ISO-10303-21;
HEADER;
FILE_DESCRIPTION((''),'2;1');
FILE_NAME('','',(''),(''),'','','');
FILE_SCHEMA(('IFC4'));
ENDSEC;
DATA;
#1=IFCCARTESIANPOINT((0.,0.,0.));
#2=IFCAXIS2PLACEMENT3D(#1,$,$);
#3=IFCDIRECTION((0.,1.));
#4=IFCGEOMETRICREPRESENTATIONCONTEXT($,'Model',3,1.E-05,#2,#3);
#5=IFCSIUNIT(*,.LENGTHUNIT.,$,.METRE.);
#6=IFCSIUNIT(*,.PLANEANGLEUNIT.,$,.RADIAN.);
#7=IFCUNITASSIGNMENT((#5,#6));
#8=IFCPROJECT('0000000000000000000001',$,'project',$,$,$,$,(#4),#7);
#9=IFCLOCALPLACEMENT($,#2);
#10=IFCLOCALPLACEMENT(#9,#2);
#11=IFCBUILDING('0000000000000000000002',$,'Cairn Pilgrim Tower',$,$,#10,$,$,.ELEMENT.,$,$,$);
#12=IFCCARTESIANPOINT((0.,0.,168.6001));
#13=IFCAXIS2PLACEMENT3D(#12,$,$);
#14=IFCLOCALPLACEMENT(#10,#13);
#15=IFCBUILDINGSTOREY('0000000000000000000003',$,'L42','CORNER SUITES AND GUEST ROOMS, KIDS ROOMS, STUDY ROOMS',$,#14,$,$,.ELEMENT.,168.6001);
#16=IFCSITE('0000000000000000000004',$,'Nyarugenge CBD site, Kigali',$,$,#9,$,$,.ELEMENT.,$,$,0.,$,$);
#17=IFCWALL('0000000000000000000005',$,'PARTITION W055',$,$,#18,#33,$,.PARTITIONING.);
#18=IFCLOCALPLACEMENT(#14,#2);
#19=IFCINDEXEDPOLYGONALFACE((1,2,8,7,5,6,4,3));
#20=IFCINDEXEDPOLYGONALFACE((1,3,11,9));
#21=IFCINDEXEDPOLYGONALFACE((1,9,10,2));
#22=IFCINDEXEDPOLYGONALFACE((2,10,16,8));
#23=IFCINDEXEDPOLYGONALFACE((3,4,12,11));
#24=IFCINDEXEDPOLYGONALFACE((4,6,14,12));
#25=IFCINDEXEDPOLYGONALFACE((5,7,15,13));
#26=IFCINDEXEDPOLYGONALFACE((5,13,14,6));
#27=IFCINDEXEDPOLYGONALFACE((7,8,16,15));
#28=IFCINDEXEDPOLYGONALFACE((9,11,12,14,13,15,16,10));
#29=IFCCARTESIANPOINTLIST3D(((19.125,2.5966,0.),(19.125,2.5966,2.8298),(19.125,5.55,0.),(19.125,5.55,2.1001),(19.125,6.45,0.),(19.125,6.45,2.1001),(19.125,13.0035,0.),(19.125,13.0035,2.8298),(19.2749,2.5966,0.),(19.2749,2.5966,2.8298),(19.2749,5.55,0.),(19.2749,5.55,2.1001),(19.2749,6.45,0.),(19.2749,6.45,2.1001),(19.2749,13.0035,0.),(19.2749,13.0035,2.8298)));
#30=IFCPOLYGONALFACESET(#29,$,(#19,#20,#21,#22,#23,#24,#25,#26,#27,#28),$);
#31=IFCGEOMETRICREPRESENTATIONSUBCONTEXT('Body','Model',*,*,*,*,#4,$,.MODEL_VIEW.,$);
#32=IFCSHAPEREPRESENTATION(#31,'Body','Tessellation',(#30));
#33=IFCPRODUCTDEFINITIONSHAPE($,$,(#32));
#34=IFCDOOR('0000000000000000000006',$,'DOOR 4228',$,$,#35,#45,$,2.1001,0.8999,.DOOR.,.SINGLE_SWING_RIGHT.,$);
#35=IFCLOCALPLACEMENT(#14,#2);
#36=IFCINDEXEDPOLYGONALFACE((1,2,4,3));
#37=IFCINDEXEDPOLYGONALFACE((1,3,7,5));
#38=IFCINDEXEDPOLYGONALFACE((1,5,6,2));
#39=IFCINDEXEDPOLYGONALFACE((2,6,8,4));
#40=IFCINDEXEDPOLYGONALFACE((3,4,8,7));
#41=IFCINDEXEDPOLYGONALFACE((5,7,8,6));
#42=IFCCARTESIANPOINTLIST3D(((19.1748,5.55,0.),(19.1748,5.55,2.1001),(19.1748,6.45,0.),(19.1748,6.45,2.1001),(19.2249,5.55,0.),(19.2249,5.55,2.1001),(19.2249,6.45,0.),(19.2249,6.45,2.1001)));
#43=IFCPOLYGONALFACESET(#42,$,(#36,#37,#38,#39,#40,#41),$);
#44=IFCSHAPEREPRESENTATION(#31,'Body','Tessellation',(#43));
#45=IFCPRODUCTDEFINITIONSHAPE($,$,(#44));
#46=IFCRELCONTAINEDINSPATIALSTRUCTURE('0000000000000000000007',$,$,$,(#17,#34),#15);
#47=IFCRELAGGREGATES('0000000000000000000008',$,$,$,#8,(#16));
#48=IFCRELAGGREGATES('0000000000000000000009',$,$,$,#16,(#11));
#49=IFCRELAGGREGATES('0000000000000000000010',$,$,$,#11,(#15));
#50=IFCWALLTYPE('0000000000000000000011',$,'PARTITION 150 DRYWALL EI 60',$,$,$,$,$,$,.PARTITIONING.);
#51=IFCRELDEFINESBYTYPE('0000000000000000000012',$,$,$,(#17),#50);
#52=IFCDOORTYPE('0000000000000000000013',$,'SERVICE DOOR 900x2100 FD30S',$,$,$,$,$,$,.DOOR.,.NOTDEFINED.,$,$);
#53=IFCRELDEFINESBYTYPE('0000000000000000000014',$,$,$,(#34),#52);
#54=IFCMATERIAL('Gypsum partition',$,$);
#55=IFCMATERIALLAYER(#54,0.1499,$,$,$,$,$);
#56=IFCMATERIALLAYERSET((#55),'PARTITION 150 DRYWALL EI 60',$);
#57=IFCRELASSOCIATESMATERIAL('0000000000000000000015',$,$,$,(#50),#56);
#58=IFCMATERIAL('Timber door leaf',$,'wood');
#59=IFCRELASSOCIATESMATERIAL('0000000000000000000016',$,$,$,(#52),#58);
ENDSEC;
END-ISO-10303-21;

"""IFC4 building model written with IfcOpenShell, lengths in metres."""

from ifc_helpers import new_model, si_unit, direction, frame, frame_2d, origin, place, context, subcontext, project, spatial, rectangle, extrude, material, layer, layer_set, type_object, element, fill, save


model = new_model("IFC4")

# Units and contexts
model_context = context("Model", 3, precision=1e-05, world=origin(), true_north=direction((0.0, 1.0)))
body_context = subcontext(model_context, "Body", "Model", "MODEL_VIEW")
ifc_project = project(units=[si_unit("LENGTHUNIT", "METRE"), si_unit("PLANEANGLEUNIT", "RADIAN")], contexts=[model_context])

# Site, building, storey
site_placement = place(None, origin())
site = spatial("IfcSite", under=ifc_project, at=site_placement, Name="Nyarugenge CBD site, Kigali", CompositionType="ELEMENT", RefElevation=0.0)
building_placement = place(site_placement, origin())
building = spatial("IfcBuilding", under=site, at=building_placement, Name="Cairn Pilgrim Tower", CompositionType="ELEMENT")
storey_placement = place(building_placement, frame((0.0, 0.0, 168.6001)))
storey = spatial("IfcBuildingStorey", under=building, at=storey_placement, Name="L42", Description="CORNER SUITES AND GUEST ROOMS, KIDS ROOMS, STUDY ROOMS", CompositionType="ELEMENT", Elevation=168.6001)

# Shared definitions
ifc_material_1 = material(Name="Gypsum partition")
ifc_layer_1 = layer(ifc_material_1, 0.1499)
ifc_layer_set_1 = layer_set([ifc_layer_1], Name="PARTITION 150 DRYWALL EI 60")
wall_type_1 = type_object("IfcWallType", Name="PARTITION 150 DRYWALL EI 60", PredefinedType="PARTITIONING", material=ifc_layer_set_1)

# Wall, opening, door
wall_1_placement = place(storey_placement, frame((19.2, 2.5964, 0.0), z_axis=(0.0, 0.0, 1.0), x_axis=(0.0, 1.0, 0.0)))
wall_1 = element("IfcWall", 1, at=wall_1_placement, inside=storey, type_object=wall_type_1, Name="PARTITION W055", PredefinedType="PARTITIONING", context=body_context, shape_type="SweptSolid", body=[
    extrude(rectangle(XDim=10.407, YDim=0.1499, at=frame_2d((5.2036, 0.0))), origin(), (0.0, 0.0, 1.0), 2.8298),
])
opening_1_placement = place(wall_1_placement, frame((2.9536, 0.0, 0.0)))
opening_1 = element("IfcOpeningElement", 2, at=opening_1_placement, cuts=wall_1, PredefinedType="OPENING", context=body_context, shape_type="SweptSolid", body=[
    extrude(rectangle(XDim=0.8999, YDim=2.1001, at=frame_2d((0.45, 1.05))), frame((0.0, 0.085, 0.0), z_axis=(0.0, -1.0, 0.0), x_axis=(1.0, 0.0, 0.0)), (0.0, 0.0, 1.0), 0.1699),
])
ifc_material_2 = material(Name="Timber door leaf", Category="wood")
door_type_1 = type_object("IfcDoorType", Name="SERVICE DOOR 900x2100 FD30S", OperationType="NOTDEFINED", PredefinedType="DOOR", material=ifc_material_2)
door_1_placement = place(opening_1_placement, frame((0.8999, 0.0, 0.0), z_axis=(0.0, 0.0, 1.0), x_axis=(-1.0, 0.0, 0.0)))
door_1 = element("IfcDoor", 3, at=door_1_placement, inside=storey, type_object=door_type_1, Name="DOOR 4228", OperationType="SINGLE_SWING_RIGHT", OverallHeight=2.1001, OverallWidth=0.8999, PredefinedType="DOOR", context=body_context, shape_type="SweptSolid", body=[
    extrude(rectangle(XDim=0.8999, YDim=2.1001, at=frame_2d((0.45, 1.05))), frame((0.0, 0.0249, 0.0), z_axis=(0.0, -1.0, 0.0), x_axis=(1.0, 0.0, 0.0)), (0.0, 0.0, 1.0), 0.05),
])
fill(opening_1, door_1)

save(model, "model.ifc")
